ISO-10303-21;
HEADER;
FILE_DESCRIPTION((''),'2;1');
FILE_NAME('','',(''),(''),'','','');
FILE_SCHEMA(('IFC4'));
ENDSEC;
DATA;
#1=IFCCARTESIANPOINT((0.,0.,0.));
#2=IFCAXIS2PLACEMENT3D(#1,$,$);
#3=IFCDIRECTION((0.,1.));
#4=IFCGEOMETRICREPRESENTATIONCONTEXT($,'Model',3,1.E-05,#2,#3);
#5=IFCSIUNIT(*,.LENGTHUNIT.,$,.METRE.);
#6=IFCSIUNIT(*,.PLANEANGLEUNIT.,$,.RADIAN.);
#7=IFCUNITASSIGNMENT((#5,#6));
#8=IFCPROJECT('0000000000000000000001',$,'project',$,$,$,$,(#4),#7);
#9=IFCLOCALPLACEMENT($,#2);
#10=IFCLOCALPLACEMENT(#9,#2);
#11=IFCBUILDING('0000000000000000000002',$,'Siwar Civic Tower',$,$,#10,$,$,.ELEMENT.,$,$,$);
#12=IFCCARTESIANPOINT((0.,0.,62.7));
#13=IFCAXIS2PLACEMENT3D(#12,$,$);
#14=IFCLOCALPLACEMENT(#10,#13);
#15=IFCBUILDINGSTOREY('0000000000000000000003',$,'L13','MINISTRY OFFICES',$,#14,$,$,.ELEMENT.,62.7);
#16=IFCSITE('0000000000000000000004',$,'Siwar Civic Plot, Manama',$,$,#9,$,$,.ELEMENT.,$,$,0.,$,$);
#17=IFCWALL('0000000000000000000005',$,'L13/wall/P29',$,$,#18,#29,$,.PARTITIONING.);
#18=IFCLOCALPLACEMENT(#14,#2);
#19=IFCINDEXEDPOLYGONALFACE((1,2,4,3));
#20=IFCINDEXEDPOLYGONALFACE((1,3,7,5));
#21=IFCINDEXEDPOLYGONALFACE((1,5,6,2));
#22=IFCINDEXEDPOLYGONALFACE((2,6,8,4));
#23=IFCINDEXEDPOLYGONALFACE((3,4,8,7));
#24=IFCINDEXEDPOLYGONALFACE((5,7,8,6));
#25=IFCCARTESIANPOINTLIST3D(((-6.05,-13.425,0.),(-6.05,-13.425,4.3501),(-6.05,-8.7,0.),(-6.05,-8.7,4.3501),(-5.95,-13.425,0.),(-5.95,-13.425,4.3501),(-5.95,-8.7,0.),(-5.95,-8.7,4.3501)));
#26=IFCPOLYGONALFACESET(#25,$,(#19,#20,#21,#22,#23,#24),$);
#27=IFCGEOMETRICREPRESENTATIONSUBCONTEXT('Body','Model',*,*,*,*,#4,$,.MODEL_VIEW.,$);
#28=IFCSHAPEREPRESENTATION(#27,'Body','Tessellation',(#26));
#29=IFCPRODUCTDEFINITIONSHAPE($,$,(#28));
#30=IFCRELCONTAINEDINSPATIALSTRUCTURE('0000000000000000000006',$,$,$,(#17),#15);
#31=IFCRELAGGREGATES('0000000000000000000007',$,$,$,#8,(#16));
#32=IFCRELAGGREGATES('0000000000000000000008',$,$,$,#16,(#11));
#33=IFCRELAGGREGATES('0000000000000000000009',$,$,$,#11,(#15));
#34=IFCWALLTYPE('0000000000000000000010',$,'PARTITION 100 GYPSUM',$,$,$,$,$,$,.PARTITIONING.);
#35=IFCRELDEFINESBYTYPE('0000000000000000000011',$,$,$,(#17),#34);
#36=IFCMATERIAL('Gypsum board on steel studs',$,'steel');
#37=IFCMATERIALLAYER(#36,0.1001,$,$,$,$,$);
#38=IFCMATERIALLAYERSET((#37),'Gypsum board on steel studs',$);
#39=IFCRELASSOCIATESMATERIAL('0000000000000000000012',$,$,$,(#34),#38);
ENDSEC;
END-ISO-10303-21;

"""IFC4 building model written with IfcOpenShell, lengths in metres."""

from ifc_helpers import new_model, si_unit, direction, frame, frame_2d, origin, place, context, subcontext, project, spatial, rectangle, extrude, material, layer, layer_set, type_object, element, save


model = new_model("IFC4")

# Units and contexts
model_context = context("Model", 3, precision=1e-05, world=origin(), true_north=direction((0.0, 1.0)))
body_context = subcontext(model_context, "Body", "Model", "MODEL_VIEW")
ifc_project = project(units=[si_unit("LENGTHUNIT", "METRE"), si_unit("PLANEANGLEUNIT", "RADIAN")], contexts=[model_context])

# Site, building, storey
site_placement = place(None, origin())
site = spatial("IfcSite", under=ifc_project, at=site_placement, Name="Siwar Civic Plot, Manama", CompositionType="ELEMENT", RefElevation=0.0)
building_placement = place(site_placement, origin())
building = spatial("IfcBuilding", under=site, at=building_placement, Name="Siwar Civic Tower", CompositionType="ELEMENT")
storey_placement = place(building_placement, frame((0.0, 0.0, 62.7)))
storey = spatial("IfcBuildingStorey", under=building, at=storey_placement, Name="L13", Description="MINISTRY OFFICES", CompositionType="ELEMENT", Elevation=62.7)

# Wall
ifc_material_1 = material(Name="Gypsum board on steel studs", Category="steel")
ifc_layer_1 = layer(ifc_material_1, 0.1001)
ifc_layer_set_1 = layer_set([ifc_layer_1], Name="Gypsum board on steel studs")
wall_type_1 = type_object("IfcWallType", Name="PARTITION 100 GYPSUM", PredefinedType="PARTITIONING", material=ifc_layer_set_1)
wall_1_placement = place(storey_placement, frame((-6.0, -13.425, 0.0), z_axis=(0.0, 0.0, 1.0), x_axis=(0.0, 1.0, 0.0)))
element("IfcWall", 1, at=wall_1_placement, inside=storey, type_object=wall_type_1, Name="L13/wall/P29", PredefinedType="PARTITIONING", context=body_context, shape_type="SweptSolid", body=[
    extrude(rectangle(XDim=4.7251, YDim=0.1001, at=frame_2d((2.3625, 0.0))), origin(), (0.0, 0.0, 1.0), 4.3501),
])

save(model, "model.ifc")
